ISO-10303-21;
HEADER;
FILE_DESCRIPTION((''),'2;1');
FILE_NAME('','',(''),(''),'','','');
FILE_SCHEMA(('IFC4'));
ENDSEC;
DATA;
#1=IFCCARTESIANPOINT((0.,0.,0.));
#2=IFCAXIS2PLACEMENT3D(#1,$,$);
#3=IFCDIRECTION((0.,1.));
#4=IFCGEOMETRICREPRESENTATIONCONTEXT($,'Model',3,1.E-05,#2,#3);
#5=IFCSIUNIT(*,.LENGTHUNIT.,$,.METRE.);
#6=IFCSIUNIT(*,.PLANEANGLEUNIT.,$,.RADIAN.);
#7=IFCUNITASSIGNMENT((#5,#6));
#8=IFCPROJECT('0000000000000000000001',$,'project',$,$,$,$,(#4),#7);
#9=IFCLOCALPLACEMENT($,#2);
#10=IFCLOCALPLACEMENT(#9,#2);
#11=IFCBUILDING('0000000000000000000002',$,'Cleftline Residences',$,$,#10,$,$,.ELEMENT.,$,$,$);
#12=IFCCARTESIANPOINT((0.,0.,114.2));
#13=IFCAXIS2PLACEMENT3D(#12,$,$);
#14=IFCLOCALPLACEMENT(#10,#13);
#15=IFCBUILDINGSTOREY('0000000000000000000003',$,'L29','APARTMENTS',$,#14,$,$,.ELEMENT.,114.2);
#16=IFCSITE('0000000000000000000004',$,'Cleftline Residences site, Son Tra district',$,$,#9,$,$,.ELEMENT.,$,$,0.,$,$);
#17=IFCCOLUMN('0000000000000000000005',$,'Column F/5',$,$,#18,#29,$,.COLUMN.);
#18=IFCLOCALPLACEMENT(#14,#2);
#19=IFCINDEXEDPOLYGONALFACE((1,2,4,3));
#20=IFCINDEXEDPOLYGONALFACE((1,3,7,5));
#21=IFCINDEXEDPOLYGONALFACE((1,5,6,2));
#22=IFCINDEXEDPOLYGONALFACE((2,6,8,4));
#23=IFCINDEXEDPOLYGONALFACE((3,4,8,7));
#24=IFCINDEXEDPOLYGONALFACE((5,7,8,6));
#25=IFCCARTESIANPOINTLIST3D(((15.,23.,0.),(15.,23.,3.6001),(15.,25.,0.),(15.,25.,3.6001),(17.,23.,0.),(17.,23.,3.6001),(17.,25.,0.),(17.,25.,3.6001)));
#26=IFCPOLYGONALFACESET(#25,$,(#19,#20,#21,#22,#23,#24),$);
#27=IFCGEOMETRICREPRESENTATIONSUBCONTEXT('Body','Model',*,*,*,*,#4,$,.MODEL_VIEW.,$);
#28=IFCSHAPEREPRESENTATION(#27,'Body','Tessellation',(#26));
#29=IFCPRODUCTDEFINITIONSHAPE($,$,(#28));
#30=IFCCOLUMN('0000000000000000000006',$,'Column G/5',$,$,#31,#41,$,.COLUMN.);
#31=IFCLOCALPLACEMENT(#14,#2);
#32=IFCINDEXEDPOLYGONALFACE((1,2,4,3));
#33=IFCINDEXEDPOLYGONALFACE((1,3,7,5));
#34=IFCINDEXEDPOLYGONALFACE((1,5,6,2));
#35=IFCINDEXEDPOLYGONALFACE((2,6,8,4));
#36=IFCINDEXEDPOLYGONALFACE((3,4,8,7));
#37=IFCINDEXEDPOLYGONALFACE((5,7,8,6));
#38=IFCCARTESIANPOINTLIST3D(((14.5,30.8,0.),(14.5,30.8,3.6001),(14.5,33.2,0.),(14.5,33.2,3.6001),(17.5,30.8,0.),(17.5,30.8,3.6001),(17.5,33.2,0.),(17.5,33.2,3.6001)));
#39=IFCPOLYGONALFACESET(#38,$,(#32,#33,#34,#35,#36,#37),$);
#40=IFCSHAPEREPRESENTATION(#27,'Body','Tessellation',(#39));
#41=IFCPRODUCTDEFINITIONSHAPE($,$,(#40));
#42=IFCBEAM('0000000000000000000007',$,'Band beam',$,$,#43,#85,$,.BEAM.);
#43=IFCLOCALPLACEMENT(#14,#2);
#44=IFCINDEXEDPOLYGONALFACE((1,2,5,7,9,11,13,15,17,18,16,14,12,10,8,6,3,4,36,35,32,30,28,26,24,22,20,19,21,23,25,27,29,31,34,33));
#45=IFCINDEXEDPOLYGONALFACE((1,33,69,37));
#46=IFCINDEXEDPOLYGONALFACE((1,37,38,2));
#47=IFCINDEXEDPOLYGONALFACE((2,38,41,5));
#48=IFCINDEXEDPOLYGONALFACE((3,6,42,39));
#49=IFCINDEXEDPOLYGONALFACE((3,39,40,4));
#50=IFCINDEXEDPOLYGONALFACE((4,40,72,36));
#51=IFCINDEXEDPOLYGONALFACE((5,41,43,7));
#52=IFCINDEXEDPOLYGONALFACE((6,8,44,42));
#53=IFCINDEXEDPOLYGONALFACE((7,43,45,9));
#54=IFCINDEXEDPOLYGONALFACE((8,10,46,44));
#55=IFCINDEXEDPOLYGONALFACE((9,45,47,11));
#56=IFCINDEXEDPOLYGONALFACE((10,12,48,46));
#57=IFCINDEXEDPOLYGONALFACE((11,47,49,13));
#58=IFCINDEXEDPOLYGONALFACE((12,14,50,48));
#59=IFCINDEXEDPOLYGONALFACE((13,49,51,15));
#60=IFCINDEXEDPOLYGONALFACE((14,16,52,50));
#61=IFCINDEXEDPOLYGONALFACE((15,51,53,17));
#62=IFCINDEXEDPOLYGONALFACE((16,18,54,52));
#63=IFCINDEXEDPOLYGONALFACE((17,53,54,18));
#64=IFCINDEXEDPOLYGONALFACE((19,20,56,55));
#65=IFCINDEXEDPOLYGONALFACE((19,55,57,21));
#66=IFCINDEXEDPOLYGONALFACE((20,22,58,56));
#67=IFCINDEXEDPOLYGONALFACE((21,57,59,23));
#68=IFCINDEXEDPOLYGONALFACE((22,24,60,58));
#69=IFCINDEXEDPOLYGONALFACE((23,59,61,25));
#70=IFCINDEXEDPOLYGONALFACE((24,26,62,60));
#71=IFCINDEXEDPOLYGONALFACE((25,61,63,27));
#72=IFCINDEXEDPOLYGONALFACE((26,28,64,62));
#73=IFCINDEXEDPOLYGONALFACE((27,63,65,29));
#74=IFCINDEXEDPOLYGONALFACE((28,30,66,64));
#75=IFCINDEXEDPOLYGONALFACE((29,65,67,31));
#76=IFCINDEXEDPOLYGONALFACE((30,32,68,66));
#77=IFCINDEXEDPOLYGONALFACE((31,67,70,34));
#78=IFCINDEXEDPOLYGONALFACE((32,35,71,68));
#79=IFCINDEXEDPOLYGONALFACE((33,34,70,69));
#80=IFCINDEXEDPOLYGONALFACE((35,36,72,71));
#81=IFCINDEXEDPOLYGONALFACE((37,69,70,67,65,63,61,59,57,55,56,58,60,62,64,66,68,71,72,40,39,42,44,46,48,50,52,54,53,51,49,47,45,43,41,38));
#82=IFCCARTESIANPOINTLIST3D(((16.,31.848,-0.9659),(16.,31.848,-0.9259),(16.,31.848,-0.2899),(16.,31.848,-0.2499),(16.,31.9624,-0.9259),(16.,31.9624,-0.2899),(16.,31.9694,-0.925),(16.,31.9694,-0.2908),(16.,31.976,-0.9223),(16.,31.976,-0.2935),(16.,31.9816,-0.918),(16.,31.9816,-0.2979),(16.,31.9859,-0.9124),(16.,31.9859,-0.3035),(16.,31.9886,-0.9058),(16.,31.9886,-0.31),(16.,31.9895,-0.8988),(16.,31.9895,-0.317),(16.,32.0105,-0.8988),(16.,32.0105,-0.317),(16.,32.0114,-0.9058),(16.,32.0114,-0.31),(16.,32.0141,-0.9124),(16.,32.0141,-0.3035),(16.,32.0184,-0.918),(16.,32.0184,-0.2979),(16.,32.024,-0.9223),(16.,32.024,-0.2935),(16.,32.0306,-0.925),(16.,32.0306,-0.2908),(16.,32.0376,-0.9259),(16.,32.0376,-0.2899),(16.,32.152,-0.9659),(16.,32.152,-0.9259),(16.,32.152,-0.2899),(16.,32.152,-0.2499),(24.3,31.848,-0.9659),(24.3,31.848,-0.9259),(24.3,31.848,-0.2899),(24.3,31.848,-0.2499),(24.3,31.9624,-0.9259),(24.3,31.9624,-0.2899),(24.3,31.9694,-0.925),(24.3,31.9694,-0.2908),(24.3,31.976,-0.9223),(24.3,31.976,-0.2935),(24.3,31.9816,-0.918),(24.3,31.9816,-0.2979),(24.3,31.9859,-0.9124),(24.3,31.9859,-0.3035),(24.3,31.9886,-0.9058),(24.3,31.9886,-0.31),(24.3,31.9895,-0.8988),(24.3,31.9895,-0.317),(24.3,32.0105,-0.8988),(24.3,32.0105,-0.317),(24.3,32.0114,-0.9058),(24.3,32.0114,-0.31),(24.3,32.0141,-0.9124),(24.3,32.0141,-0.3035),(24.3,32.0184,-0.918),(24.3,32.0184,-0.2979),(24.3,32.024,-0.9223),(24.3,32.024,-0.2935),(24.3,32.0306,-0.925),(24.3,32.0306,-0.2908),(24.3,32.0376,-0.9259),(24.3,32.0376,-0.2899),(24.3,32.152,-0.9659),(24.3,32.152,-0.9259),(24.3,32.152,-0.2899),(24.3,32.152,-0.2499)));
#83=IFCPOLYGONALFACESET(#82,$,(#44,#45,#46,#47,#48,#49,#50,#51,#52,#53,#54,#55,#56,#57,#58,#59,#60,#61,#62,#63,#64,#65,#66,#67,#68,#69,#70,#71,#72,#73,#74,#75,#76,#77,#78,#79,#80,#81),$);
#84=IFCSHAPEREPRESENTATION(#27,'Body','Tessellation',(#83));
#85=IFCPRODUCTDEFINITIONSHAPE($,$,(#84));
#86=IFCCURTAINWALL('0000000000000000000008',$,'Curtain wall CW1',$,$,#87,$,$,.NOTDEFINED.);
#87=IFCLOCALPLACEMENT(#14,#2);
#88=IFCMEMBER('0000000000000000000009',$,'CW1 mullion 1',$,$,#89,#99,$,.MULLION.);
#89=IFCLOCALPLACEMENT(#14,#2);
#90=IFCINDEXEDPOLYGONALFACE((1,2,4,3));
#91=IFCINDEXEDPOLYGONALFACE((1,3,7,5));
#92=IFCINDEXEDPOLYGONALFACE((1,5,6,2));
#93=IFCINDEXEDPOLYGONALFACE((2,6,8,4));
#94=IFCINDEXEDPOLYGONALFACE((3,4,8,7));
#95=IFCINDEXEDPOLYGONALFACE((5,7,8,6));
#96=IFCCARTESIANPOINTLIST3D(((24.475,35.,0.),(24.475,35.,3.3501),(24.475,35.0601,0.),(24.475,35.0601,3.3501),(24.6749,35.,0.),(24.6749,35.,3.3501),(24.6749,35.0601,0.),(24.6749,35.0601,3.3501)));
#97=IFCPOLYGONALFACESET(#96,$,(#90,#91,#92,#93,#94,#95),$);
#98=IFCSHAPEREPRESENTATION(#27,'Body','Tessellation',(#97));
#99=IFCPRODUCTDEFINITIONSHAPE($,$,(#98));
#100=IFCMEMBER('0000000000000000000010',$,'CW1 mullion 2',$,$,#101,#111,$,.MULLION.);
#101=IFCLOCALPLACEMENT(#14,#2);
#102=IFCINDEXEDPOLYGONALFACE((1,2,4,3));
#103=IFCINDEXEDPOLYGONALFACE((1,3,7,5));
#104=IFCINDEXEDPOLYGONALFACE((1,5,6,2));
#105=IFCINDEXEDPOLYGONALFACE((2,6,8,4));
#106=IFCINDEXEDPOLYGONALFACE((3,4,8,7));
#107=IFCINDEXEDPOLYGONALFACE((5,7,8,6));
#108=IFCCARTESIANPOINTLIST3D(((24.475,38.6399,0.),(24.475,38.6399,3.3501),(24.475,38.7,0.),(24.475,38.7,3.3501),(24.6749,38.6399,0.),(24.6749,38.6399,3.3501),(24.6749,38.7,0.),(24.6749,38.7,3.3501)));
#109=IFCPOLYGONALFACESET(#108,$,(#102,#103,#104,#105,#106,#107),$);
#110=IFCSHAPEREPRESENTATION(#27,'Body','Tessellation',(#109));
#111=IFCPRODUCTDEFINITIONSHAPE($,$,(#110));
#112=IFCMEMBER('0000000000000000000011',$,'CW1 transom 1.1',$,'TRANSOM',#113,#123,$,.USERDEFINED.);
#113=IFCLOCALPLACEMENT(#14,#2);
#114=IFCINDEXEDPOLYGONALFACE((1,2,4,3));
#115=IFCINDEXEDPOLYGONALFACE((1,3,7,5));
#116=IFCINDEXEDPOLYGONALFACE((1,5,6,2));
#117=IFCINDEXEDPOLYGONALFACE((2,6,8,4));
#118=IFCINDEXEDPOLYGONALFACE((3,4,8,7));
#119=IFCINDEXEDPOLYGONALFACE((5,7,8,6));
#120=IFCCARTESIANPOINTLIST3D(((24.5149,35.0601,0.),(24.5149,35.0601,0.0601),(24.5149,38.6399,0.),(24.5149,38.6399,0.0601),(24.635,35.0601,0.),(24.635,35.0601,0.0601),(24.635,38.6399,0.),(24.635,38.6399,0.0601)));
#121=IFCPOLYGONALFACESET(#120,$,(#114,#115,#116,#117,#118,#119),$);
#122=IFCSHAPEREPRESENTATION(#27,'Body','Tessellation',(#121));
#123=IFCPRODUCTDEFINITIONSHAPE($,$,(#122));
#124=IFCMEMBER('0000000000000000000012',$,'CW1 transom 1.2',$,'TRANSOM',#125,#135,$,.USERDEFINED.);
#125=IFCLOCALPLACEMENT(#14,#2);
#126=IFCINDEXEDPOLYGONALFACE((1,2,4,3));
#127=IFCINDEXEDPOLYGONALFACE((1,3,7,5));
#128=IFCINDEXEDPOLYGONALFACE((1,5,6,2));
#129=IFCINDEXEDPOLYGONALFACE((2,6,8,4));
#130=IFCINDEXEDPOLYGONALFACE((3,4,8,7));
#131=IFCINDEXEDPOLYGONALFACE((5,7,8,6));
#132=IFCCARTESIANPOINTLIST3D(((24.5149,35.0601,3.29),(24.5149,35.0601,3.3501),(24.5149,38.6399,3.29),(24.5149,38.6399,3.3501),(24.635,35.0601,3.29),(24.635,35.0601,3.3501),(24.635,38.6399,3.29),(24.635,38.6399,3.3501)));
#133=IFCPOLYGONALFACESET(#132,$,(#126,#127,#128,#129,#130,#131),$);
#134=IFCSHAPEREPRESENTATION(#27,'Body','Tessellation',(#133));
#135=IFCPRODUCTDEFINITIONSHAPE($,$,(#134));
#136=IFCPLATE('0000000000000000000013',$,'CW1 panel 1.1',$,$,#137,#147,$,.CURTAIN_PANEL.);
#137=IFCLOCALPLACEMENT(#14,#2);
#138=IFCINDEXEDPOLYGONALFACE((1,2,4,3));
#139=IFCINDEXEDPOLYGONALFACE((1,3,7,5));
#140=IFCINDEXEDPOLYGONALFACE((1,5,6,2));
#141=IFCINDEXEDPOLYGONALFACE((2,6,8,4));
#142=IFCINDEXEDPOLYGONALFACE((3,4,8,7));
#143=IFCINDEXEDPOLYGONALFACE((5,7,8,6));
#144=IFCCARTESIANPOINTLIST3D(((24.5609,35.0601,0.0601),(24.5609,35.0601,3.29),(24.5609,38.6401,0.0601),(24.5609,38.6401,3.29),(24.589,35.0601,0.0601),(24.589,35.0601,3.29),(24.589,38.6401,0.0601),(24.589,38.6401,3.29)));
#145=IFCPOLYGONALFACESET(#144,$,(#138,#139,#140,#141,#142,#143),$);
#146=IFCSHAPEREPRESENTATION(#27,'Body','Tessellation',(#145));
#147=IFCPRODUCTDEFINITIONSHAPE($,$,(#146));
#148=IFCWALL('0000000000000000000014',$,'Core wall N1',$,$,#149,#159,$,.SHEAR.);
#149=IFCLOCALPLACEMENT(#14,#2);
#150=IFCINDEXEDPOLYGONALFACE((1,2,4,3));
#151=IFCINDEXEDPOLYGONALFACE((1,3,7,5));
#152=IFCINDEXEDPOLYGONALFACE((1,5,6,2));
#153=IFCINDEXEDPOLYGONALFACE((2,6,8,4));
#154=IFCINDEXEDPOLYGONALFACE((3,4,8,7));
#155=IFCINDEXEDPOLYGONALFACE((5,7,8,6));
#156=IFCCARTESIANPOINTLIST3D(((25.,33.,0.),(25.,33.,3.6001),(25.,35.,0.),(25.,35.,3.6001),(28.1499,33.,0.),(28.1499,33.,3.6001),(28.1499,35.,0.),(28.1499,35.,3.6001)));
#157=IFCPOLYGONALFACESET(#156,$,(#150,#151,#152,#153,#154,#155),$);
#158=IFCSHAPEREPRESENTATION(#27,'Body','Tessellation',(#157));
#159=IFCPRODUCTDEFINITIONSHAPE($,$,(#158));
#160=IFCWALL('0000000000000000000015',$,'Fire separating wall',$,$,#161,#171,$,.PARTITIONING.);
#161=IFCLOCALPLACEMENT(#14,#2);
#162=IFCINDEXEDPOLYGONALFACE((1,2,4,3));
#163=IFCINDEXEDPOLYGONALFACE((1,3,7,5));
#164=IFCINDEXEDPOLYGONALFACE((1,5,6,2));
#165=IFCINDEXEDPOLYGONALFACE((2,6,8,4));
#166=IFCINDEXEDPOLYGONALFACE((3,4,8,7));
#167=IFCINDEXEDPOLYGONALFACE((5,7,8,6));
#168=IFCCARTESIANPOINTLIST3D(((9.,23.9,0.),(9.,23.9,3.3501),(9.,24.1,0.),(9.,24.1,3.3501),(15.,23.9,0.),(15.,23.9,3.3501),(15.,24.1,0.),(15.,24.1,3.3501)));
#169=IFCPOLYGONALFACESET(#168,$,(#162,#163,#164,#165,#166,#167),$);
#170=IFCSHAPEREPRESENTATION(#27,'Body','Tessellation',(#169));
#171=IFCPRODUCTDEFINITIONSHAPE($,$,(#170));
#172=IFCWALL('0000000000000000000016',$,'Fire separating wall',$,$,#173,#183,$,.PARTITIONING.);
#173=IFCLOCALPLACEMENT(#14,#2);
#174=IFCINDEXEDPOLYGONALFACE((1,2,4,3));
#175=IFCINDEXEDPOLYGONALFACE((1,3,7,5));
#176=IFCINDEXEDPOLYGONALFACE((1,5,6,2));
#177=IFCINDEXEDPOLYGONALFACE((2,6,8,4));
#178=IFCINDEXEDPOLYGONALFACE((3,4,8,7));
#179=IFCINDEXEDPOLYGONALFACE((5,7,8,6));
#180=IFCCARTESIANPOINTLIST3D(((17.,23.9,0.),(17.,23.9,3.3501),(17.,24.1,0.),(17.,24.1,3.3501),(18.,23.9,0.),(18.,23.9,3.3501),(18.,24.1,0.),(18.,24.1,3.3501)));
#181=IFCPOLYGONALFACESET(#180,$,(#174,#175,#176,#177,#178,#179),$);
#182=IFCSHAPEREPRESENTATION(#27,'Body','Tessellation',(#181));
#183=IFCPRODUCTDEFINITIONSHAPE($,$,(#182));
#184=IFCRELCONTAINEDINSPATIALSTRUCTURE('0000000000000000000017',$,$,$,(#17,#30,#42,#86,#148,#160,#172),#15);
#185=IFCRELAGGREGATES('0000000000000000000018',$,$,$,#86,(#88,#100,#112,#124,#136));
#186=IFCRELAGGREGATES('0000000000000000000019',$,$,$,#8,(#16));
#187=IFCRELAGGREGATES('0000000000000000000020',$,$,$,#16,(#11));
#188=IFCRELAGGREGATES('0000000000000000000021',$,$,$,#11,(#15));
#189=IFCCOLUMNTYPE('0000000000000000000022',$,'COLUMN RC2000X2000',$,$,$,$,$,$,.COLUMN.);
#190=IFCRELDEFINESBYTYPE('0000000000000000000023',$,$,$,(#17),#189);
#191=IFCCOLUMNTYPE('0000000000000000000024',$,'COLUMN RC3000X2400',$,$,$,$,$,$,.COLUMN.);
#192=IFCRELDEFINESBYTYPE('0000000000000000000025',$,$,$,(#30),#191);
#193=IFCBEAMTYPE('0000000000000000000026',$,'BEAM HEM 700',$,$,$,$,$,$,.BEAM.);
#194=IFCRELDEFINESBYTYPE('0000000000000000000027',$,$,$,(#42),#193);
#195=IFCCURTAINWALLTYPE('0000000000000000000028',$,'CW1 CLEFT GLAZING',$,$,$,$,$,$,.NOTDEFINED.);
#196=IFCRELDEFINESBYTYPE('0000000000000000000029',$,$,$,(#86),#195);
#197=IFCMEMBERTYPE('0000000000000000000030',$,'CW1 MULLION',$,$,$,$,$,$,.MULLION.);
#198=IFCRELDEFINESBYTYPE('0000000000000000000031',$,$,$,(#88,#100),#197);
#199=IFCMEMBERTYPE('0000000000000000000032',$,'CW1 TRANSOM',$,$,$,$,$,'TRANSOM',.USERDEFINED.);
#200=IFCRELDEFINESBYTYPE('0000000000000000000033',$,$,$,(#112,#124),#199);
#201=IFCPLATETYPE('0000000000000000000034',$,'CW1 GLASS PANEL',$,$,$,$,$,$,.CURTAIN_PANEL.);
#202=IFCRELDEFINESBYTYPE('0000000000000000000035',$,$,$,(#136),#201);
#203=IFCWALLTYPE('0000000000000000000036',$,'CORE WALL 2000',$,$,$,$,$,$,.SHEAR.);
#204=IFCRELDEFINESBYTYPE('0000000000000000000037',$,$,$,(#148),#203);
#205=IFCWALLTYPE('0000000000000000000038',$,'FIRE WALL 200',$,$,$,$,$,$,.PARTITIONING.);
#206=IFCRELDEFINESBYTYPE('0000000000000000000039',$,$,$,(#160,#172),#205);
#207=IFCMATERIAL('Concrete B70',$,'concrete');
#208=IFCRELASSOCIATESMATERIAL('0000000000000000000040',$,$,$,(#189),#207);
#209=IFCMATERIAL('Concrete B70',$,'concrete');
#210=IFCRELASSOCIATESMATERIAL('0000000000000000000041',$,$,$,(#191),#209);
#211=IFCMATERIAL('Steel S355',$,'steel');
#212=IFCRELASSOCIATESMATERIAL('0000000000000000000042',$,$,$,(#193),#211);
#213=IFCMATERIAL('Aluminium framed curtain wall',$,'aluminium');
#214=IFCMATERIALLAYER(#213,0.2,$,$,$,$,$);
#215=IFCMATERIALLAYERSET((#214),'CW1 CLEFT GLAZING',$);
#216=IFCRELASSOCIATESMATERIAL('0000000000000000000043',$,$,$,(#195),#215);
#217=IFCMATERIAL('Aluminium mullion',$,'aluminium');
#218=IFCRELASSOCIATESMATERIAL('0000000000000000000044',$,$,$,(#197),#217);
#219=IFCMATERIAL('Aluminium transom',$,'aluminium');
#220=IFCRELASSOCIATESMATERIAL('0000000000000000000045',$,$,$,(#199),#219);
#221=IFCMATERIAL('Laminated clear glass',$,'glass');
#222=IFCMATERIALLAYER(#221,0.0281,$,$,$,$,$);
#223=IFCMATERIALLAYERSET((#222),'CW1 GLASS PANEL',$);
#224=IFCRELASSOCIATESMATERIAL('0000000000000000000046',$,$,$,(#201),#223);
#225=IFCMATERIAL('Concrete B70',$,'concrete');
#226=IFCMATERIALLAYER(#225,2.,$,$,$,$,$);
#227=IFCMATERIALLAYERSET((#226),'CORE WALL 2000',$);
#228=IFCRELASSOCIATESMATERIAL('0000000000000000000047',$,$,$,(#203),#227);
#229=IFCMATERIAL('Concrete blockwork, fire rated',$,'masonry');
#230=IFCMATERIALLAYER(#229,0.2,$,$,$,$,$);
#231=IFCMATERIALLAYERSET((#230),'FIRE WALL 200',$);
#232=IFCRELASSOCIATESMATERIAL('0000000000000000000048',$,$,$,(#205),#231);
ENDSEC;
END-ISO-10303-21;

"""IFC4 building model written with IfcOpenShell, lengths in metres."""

from ifc_helpers import new_model, si_unit, direction, frame, frame_2d, origin, origin_2d, place, context, subcontext, project, spatial, rectangle, i_section, extrude, material, layer, layer_set, material_profile, profile_set, type_object, element, aggregate, save


model = new_model("IFC4")

# Units and contexts
model_context = context("Model", 3, precision=1e-05, world=origin(), true_north=direction((0.0, 1.0)))
body_context = subcontext(model_context, "Body", "Model", "MODEL_VIEW")
ifc_project = project(units=[si_unit("LENGTHUNIT", "METRE"), si_unit("PLANEANGLEUNIT", "RADIAN")], contexts=[model_context])

# Site, building, storey
site_placement = place(None, origin())
site = spatial("IfcSite", under=ifc_project, at=site_placement, Name="Cleftline Residences site, Son Tra district", CompositionType="ELEMENT", RefElevation=0.0)
building_placement = place(site_placement, origin())
building = spatial("IfcBuilding", under=site, at=building_placement, Name="Cleftline Residences", CompositionType="ELEMENT")
storey_placement = place(building_placement, frame((0.0, 0.0, 114.2)))
storey = spatial("IfcBuildingStorey", under=building, at=storey_placement, Name="L29", Description="APARTMENTS", CompositionType="ELEMENT", Elevation=114.2)

# Columns
ifc_material_1 = material(Name="Concrete B70", Category="concrete")
ifc_material_profile_1 = material_profile(ifc_material_1, rectangle(XDim=2.0, YDim=2.0, at=origin_2d()))
ifc_profile_set_1 = profile_set([ifc_material_profile_1], Name="Concrete B70")
column_type_1 = type_object("IfcColumnType", Name="COLUMN RC2000X2000", PredefinedType="COLUMN", material=ifc_profile_set_1)
column_1_placement = place(storey_placement, frame((16.0, 24.0, 0.0), z_axis=(0.0, 0.0, 1.0), x_axis=(1.0, 0.0, 0.0)))
element("IfcColumn", 1, at=column_1_placement, inside=storey, type_object=column_type_1, Name="Column F/5", PredefinedType="COLUMN", context=body_context, shape_type="SweptSolid", body=[
    extrude(rectangle(XDim=2.0, YDim=2.0, at=origin_2d()), origin(), (0.0, 0.0, 1.0), 3.6001),
])
ifc_material_2 = material(Name="Concrete B70", Category="concrete")
ifc_material_profile_2 = material_profile(ifc_material_2, rectangle(XDim=3.0, YDim=2.3999, at=origin_2d()))
ifc_profile_set_2 = profile_set([ifc_material_profile_2], Name="Concrete B70")
column_type_2 = type_object("IfcColumnType", Name="COLUMN RC3000X2400", PredefinedType="COLUMN", material=ifc_profile_set_2)
column_2_placement = place(storey_placement, frame((16.0, 32.0, 0.0), z_axis=(0.0, 0.0, 1.0), x_axis=(1.0, 0.0, 0.0)))
element("IfcColumn", 2, at=column_2_placement, inside=storey, type_object=column_type_2, Name="Column G/5", PredefinedType="COLUMN", context=body_context, shape_type="SweptSolid", body=[
    extrude(rectangle(XDim=3.0, YDim=2.3999, at=origin_2d()), origin(), (0.0, 0.0, 1.0), 3.6001),
])

# Beam
ifc_material_3 = material(Name="Steel S355", Category="steel")
ifc_material_profile_3 = material_profile(ifc_material_3, i_section(OverallWidth=0.304, OverallDepth=0.7161, WebThickness=0.021, FlangeThickness=0.04, FilletRadius=0.0271, at=origin_2d()))
ifc_profile_set_3 = profile_set([ifc_material_profile_3], Name="Steel S355")
beam_type = type_object("IfcBeamType", Name="BEAM HEM 700", PredefinedType="BEAM", material=ifc_profile_set_3)
beam_placement = place(storey_placement, frame((16.0, 32.0, -0.6079), z_axis=(1.0, 0.0, 0.0), x_axis=(0.0, 1.0, 0.0)))
element("IfcBeam", 3, at=beam_placement, inside=storey, type_object=beam_type, Name="Band beam", PredefinedType="BEAM", context=body_context, shape_type="SweptSolid", body=[
    extrude(i_section(OverallWidth=0.304, OverallDepth=0.7161, WebThickness=0.021, FlangeThickness=0.04, FilletRadius=0.0271, at=origin_2d()), origin(), (0.0, 0.0, 1.0), 8.3),
])

# Curtain wall, members, plate
ifc_material_4 = material(Name="Aluminium framed curtain wall", Category="aluminium")
ifc_layer_1 = layer(ifc_material_4, 0.2)
ifc_layer_set_1 = layer_set([ifc_layer_1], Name="CW1 CLEFT GLAZING")
curtain_wall_type = type_object("IfcCurtainWallType", Name="CW1 CLEFT GLAZING", PredefinedType="NOTDEFINED", material=ifc_layer_set_1)
curtain_wall_placement = place(storey_placement, origin())
curtain_wall = element("IfcCurtainWall", 4, at=curtain_wall_placement, inside=storey, type_object=curtain_wall_type, Name="Curtain wall CW1", PredefinedType="NOTDEFINED")
ifc_material_5 = material(Name="Aluminium mullion", Category="aluminium")
ifc_material_profile_4 = material_profile(ifc_material_5, rectangle(XDim=0.2, YDim=0.0601, at=origin_2d()))
ifc_profile_set_4 = profile_set([ifc_material_profile_4], Name="Aluminium mullion")
member_type_1 = type_object("IfcMemberType", Name="CW1 MULLION", PredefinedType="MULLION", material=ifc_profile_set_4)
member_1_placement = place(storey_placement, frame((24.575, 35.03, 0.0), z_axis=(0.0, 0.0, 1.0), x_axis=(-1.0, 0.0, 0.0)))
member_1 = element("IfcMember", 5, at=member_1_placement, type_object=member_type_1, Name="CW1 mullion 1", PredefinedType="MULLION", context=body_context, shape_type="SweptSolid", body=[
    extrude(rectangle(XDim=0.2, YDim=0.0601, at=origin_2d()), origin(), (0.0, 0.0, 1.0), 3.3501),
])
member_2_placement = place(storey_placement, frame((24.575, 38.6699, 0.0), z_axis=(0.0, 0.0, 1.0), x_axis=(-1.0, 0.0, 0.0)))
member_2 = element("IfcMember", 6, at=member_2_placement, type_object=member_type_1, Name="CW1 mullion 2", PredefinedType="MULLION", context=body_context, shape_type="SweptSolid", body=[
    extrude(rectangle(XDim=0.2, YDim=0.0601, at=origin_2d()), origin(), (0.0, 0.0, 1.0), 3.3501),
])
ifc_material_6 = material(Name="Aluminium transom", Category="aluminium")
ifc_material_profile_5 = material_profile(ifc_material_6, rectangle(XDim=0.1201, YDim=0.0601, at=origin_2d()))
ifc_profile_set_5 = profile_set([ifc_material_profile_5], Name="Aluminium transom")
member_type_2 = type_object("IfcMemberType", Name="CW1 TRANSOM", ElementType="TRANSOM", PredefinedType="USERDEFINED", material=ifc_profile_set_5)
member_3_placement = place(storey_placement, frame((24.575, 35.0601, 0.03), z_axis=(0.0, 1.0, 0.0), x_axis=(-1.0, 0.0, 0.0)))
member_3 = element("IfcMember", 7, at=member_3_placement, type_object=member_type_2, Name="CW1 transom 1.1", ObjectType="TRANSOM", PredefinedType="USERDEFINED", context=body_context, shape_type="SweptSolid", body=[
    extrude(rectangle(XDim=0.1201, YDim=0.0601, at=origin_2d()), origin(), (0.0, 0.0, 1.0), 3.5798),
])
member_4_placement = place(storey_placement, frame((24.575, 35.0601, 3.3201), z_axis=(0.0, 1.0, 0.0), x_axis=(-1.0, 0.0, 0.0)))
member_4 = element("IfcMember", 8, at=member_4_placement, type_object=member_type_2, Name="CW1 transom 1.2", ObjectType="TRANSOM", PredefinedType="USERDEFINED", context=body_context, shape_type="SweptSolid", body=[
    extrude(rectangle(XDim=0.1201, YDim=0.0601, at=origin_2d()), origin(), (0.0, 0.0, 1.0), 3.5798),
])
ifc_material_7 = material(Name="Laminated clear glass", Category="glass")
ifc_layer_2 = layer(ifc_material_7, 0.0281)
ifc_layer_set_2 = layer_set([ifc_layer_2], Name="CW1 GLASS PANEL")
plate_type = type_object("IfcPlateType", Name="CW1 GLASS PANEL", PredefinedType="CURTAIN_PANEL", material=ifc_layer_set_2)
plate_placement = place(storey_placement, frame((24.575, 36.8501, 0.0601), z_axis=(0.0, 0.0, 1.0), x_axis=(0.0, 1.0, 0.0)))
plate = element("IfcPlate", 9, at=plate_placement, type_object=plate_type, Name="CW1 panel 1.1", PredefinedType="CURTAIN_PANEL", context=body_context, shape_type="SweptSolid", body=[
    extrude(rectangle(XDim=3.5801, YDim=0.0281, at=origin_2d()), origin(), (0.0, 0.0, 1.0), 3.23),
])
aggregate(curtain_wall, [member_1, member_2, member_3, member_4, plate])

# Walls
ifc_material_8 = material(Name="Concrete B70", Category="concrete")
ifc_layer_3 = layer(ifc_material_8, 2.0)
ifc_layer_set_3 = layer_set([ifc_layer_3], Name="CORE WALL 2000")
wall_type_1 = type_object("IfcWallType", Name="CORE WALL 2000", PredefinedType="SHEAR", material=ifc_layer_set_3)
wall_1_placement = place(storey_placement, frame((25.0, 34.0, 0.0), z_axis=(0.0, 0.0, 1.0), x_axis=(1.0, 0.0, 0.0)))
element("IfcWall", 10, at=wall_1_placement, inside=storey, type_object=wall_type_1, Name="Core wall N1", PredefinedType="SHEAR", context=body_context, shape_type="SweptSolid", body=[
    extrude(rectangle(XDim=3.1499, YDim=2.0, at=frame_2d((1.575, 0.0))), origin(), (0.0, 0.0, 1.0), 3.6001),
])
ifc_material_9 = material(Name="Concrete blockwork, fire rated", Category="masonry")
ifc_layer_4 = layer(ifc_material_9, 0.2)
ifc_layer_set_4 = layer_set([ifc_layer_4], Name="FIRE WALL 200")
wall_type_2 = type_object("IfcWallType", Name="FIRE WALL 200", PredefinedType="PARTITIONING", material=ifc_layer_set_4)
wall_2_placement = place(storey_placement, frame((9.0, 24.0, 0.0), z_axis=(0.0, 0.0, 1.0), x_axis=(1.0, 0.0, 0.0)))
element("IfcWall", 11, at=wall_2_placement, inside=storey, type_object=wall_type_2, Name="Fire separating wall", PredefinedType="PARTITIONING", context=body_context, shape_type="SweptSolid", body=[
    extrude(rectangle(XDim=6.0, YDim=0.2, at=frame_2d((3.0, 0.0))), origin(), (0.0, 0.0, 1.0), 3.3501),
])
wall_3_placement = place(storey_placement, frame((17.0, 24.0, 0.0), z_axis=(0.0, 0.0, 1.0), x_axis=(1.0, 0.0, 0.0)))
element("IfcWall", 12, at=wall_3_placement, inside=storey, type_object=wall_type_2, Name="Fire separating wall", PredefinedType="PARTITIONING", context=body_context, shape_type="SweptSolid", body=[
    extrude(rectangle(XDim=1.0, YDim=0.2, at=frame_2d((0.5, 0.0))), origin(), (0.0, 0.0, 1.0), 3.3501),
])

save(model, "model.ifc")
